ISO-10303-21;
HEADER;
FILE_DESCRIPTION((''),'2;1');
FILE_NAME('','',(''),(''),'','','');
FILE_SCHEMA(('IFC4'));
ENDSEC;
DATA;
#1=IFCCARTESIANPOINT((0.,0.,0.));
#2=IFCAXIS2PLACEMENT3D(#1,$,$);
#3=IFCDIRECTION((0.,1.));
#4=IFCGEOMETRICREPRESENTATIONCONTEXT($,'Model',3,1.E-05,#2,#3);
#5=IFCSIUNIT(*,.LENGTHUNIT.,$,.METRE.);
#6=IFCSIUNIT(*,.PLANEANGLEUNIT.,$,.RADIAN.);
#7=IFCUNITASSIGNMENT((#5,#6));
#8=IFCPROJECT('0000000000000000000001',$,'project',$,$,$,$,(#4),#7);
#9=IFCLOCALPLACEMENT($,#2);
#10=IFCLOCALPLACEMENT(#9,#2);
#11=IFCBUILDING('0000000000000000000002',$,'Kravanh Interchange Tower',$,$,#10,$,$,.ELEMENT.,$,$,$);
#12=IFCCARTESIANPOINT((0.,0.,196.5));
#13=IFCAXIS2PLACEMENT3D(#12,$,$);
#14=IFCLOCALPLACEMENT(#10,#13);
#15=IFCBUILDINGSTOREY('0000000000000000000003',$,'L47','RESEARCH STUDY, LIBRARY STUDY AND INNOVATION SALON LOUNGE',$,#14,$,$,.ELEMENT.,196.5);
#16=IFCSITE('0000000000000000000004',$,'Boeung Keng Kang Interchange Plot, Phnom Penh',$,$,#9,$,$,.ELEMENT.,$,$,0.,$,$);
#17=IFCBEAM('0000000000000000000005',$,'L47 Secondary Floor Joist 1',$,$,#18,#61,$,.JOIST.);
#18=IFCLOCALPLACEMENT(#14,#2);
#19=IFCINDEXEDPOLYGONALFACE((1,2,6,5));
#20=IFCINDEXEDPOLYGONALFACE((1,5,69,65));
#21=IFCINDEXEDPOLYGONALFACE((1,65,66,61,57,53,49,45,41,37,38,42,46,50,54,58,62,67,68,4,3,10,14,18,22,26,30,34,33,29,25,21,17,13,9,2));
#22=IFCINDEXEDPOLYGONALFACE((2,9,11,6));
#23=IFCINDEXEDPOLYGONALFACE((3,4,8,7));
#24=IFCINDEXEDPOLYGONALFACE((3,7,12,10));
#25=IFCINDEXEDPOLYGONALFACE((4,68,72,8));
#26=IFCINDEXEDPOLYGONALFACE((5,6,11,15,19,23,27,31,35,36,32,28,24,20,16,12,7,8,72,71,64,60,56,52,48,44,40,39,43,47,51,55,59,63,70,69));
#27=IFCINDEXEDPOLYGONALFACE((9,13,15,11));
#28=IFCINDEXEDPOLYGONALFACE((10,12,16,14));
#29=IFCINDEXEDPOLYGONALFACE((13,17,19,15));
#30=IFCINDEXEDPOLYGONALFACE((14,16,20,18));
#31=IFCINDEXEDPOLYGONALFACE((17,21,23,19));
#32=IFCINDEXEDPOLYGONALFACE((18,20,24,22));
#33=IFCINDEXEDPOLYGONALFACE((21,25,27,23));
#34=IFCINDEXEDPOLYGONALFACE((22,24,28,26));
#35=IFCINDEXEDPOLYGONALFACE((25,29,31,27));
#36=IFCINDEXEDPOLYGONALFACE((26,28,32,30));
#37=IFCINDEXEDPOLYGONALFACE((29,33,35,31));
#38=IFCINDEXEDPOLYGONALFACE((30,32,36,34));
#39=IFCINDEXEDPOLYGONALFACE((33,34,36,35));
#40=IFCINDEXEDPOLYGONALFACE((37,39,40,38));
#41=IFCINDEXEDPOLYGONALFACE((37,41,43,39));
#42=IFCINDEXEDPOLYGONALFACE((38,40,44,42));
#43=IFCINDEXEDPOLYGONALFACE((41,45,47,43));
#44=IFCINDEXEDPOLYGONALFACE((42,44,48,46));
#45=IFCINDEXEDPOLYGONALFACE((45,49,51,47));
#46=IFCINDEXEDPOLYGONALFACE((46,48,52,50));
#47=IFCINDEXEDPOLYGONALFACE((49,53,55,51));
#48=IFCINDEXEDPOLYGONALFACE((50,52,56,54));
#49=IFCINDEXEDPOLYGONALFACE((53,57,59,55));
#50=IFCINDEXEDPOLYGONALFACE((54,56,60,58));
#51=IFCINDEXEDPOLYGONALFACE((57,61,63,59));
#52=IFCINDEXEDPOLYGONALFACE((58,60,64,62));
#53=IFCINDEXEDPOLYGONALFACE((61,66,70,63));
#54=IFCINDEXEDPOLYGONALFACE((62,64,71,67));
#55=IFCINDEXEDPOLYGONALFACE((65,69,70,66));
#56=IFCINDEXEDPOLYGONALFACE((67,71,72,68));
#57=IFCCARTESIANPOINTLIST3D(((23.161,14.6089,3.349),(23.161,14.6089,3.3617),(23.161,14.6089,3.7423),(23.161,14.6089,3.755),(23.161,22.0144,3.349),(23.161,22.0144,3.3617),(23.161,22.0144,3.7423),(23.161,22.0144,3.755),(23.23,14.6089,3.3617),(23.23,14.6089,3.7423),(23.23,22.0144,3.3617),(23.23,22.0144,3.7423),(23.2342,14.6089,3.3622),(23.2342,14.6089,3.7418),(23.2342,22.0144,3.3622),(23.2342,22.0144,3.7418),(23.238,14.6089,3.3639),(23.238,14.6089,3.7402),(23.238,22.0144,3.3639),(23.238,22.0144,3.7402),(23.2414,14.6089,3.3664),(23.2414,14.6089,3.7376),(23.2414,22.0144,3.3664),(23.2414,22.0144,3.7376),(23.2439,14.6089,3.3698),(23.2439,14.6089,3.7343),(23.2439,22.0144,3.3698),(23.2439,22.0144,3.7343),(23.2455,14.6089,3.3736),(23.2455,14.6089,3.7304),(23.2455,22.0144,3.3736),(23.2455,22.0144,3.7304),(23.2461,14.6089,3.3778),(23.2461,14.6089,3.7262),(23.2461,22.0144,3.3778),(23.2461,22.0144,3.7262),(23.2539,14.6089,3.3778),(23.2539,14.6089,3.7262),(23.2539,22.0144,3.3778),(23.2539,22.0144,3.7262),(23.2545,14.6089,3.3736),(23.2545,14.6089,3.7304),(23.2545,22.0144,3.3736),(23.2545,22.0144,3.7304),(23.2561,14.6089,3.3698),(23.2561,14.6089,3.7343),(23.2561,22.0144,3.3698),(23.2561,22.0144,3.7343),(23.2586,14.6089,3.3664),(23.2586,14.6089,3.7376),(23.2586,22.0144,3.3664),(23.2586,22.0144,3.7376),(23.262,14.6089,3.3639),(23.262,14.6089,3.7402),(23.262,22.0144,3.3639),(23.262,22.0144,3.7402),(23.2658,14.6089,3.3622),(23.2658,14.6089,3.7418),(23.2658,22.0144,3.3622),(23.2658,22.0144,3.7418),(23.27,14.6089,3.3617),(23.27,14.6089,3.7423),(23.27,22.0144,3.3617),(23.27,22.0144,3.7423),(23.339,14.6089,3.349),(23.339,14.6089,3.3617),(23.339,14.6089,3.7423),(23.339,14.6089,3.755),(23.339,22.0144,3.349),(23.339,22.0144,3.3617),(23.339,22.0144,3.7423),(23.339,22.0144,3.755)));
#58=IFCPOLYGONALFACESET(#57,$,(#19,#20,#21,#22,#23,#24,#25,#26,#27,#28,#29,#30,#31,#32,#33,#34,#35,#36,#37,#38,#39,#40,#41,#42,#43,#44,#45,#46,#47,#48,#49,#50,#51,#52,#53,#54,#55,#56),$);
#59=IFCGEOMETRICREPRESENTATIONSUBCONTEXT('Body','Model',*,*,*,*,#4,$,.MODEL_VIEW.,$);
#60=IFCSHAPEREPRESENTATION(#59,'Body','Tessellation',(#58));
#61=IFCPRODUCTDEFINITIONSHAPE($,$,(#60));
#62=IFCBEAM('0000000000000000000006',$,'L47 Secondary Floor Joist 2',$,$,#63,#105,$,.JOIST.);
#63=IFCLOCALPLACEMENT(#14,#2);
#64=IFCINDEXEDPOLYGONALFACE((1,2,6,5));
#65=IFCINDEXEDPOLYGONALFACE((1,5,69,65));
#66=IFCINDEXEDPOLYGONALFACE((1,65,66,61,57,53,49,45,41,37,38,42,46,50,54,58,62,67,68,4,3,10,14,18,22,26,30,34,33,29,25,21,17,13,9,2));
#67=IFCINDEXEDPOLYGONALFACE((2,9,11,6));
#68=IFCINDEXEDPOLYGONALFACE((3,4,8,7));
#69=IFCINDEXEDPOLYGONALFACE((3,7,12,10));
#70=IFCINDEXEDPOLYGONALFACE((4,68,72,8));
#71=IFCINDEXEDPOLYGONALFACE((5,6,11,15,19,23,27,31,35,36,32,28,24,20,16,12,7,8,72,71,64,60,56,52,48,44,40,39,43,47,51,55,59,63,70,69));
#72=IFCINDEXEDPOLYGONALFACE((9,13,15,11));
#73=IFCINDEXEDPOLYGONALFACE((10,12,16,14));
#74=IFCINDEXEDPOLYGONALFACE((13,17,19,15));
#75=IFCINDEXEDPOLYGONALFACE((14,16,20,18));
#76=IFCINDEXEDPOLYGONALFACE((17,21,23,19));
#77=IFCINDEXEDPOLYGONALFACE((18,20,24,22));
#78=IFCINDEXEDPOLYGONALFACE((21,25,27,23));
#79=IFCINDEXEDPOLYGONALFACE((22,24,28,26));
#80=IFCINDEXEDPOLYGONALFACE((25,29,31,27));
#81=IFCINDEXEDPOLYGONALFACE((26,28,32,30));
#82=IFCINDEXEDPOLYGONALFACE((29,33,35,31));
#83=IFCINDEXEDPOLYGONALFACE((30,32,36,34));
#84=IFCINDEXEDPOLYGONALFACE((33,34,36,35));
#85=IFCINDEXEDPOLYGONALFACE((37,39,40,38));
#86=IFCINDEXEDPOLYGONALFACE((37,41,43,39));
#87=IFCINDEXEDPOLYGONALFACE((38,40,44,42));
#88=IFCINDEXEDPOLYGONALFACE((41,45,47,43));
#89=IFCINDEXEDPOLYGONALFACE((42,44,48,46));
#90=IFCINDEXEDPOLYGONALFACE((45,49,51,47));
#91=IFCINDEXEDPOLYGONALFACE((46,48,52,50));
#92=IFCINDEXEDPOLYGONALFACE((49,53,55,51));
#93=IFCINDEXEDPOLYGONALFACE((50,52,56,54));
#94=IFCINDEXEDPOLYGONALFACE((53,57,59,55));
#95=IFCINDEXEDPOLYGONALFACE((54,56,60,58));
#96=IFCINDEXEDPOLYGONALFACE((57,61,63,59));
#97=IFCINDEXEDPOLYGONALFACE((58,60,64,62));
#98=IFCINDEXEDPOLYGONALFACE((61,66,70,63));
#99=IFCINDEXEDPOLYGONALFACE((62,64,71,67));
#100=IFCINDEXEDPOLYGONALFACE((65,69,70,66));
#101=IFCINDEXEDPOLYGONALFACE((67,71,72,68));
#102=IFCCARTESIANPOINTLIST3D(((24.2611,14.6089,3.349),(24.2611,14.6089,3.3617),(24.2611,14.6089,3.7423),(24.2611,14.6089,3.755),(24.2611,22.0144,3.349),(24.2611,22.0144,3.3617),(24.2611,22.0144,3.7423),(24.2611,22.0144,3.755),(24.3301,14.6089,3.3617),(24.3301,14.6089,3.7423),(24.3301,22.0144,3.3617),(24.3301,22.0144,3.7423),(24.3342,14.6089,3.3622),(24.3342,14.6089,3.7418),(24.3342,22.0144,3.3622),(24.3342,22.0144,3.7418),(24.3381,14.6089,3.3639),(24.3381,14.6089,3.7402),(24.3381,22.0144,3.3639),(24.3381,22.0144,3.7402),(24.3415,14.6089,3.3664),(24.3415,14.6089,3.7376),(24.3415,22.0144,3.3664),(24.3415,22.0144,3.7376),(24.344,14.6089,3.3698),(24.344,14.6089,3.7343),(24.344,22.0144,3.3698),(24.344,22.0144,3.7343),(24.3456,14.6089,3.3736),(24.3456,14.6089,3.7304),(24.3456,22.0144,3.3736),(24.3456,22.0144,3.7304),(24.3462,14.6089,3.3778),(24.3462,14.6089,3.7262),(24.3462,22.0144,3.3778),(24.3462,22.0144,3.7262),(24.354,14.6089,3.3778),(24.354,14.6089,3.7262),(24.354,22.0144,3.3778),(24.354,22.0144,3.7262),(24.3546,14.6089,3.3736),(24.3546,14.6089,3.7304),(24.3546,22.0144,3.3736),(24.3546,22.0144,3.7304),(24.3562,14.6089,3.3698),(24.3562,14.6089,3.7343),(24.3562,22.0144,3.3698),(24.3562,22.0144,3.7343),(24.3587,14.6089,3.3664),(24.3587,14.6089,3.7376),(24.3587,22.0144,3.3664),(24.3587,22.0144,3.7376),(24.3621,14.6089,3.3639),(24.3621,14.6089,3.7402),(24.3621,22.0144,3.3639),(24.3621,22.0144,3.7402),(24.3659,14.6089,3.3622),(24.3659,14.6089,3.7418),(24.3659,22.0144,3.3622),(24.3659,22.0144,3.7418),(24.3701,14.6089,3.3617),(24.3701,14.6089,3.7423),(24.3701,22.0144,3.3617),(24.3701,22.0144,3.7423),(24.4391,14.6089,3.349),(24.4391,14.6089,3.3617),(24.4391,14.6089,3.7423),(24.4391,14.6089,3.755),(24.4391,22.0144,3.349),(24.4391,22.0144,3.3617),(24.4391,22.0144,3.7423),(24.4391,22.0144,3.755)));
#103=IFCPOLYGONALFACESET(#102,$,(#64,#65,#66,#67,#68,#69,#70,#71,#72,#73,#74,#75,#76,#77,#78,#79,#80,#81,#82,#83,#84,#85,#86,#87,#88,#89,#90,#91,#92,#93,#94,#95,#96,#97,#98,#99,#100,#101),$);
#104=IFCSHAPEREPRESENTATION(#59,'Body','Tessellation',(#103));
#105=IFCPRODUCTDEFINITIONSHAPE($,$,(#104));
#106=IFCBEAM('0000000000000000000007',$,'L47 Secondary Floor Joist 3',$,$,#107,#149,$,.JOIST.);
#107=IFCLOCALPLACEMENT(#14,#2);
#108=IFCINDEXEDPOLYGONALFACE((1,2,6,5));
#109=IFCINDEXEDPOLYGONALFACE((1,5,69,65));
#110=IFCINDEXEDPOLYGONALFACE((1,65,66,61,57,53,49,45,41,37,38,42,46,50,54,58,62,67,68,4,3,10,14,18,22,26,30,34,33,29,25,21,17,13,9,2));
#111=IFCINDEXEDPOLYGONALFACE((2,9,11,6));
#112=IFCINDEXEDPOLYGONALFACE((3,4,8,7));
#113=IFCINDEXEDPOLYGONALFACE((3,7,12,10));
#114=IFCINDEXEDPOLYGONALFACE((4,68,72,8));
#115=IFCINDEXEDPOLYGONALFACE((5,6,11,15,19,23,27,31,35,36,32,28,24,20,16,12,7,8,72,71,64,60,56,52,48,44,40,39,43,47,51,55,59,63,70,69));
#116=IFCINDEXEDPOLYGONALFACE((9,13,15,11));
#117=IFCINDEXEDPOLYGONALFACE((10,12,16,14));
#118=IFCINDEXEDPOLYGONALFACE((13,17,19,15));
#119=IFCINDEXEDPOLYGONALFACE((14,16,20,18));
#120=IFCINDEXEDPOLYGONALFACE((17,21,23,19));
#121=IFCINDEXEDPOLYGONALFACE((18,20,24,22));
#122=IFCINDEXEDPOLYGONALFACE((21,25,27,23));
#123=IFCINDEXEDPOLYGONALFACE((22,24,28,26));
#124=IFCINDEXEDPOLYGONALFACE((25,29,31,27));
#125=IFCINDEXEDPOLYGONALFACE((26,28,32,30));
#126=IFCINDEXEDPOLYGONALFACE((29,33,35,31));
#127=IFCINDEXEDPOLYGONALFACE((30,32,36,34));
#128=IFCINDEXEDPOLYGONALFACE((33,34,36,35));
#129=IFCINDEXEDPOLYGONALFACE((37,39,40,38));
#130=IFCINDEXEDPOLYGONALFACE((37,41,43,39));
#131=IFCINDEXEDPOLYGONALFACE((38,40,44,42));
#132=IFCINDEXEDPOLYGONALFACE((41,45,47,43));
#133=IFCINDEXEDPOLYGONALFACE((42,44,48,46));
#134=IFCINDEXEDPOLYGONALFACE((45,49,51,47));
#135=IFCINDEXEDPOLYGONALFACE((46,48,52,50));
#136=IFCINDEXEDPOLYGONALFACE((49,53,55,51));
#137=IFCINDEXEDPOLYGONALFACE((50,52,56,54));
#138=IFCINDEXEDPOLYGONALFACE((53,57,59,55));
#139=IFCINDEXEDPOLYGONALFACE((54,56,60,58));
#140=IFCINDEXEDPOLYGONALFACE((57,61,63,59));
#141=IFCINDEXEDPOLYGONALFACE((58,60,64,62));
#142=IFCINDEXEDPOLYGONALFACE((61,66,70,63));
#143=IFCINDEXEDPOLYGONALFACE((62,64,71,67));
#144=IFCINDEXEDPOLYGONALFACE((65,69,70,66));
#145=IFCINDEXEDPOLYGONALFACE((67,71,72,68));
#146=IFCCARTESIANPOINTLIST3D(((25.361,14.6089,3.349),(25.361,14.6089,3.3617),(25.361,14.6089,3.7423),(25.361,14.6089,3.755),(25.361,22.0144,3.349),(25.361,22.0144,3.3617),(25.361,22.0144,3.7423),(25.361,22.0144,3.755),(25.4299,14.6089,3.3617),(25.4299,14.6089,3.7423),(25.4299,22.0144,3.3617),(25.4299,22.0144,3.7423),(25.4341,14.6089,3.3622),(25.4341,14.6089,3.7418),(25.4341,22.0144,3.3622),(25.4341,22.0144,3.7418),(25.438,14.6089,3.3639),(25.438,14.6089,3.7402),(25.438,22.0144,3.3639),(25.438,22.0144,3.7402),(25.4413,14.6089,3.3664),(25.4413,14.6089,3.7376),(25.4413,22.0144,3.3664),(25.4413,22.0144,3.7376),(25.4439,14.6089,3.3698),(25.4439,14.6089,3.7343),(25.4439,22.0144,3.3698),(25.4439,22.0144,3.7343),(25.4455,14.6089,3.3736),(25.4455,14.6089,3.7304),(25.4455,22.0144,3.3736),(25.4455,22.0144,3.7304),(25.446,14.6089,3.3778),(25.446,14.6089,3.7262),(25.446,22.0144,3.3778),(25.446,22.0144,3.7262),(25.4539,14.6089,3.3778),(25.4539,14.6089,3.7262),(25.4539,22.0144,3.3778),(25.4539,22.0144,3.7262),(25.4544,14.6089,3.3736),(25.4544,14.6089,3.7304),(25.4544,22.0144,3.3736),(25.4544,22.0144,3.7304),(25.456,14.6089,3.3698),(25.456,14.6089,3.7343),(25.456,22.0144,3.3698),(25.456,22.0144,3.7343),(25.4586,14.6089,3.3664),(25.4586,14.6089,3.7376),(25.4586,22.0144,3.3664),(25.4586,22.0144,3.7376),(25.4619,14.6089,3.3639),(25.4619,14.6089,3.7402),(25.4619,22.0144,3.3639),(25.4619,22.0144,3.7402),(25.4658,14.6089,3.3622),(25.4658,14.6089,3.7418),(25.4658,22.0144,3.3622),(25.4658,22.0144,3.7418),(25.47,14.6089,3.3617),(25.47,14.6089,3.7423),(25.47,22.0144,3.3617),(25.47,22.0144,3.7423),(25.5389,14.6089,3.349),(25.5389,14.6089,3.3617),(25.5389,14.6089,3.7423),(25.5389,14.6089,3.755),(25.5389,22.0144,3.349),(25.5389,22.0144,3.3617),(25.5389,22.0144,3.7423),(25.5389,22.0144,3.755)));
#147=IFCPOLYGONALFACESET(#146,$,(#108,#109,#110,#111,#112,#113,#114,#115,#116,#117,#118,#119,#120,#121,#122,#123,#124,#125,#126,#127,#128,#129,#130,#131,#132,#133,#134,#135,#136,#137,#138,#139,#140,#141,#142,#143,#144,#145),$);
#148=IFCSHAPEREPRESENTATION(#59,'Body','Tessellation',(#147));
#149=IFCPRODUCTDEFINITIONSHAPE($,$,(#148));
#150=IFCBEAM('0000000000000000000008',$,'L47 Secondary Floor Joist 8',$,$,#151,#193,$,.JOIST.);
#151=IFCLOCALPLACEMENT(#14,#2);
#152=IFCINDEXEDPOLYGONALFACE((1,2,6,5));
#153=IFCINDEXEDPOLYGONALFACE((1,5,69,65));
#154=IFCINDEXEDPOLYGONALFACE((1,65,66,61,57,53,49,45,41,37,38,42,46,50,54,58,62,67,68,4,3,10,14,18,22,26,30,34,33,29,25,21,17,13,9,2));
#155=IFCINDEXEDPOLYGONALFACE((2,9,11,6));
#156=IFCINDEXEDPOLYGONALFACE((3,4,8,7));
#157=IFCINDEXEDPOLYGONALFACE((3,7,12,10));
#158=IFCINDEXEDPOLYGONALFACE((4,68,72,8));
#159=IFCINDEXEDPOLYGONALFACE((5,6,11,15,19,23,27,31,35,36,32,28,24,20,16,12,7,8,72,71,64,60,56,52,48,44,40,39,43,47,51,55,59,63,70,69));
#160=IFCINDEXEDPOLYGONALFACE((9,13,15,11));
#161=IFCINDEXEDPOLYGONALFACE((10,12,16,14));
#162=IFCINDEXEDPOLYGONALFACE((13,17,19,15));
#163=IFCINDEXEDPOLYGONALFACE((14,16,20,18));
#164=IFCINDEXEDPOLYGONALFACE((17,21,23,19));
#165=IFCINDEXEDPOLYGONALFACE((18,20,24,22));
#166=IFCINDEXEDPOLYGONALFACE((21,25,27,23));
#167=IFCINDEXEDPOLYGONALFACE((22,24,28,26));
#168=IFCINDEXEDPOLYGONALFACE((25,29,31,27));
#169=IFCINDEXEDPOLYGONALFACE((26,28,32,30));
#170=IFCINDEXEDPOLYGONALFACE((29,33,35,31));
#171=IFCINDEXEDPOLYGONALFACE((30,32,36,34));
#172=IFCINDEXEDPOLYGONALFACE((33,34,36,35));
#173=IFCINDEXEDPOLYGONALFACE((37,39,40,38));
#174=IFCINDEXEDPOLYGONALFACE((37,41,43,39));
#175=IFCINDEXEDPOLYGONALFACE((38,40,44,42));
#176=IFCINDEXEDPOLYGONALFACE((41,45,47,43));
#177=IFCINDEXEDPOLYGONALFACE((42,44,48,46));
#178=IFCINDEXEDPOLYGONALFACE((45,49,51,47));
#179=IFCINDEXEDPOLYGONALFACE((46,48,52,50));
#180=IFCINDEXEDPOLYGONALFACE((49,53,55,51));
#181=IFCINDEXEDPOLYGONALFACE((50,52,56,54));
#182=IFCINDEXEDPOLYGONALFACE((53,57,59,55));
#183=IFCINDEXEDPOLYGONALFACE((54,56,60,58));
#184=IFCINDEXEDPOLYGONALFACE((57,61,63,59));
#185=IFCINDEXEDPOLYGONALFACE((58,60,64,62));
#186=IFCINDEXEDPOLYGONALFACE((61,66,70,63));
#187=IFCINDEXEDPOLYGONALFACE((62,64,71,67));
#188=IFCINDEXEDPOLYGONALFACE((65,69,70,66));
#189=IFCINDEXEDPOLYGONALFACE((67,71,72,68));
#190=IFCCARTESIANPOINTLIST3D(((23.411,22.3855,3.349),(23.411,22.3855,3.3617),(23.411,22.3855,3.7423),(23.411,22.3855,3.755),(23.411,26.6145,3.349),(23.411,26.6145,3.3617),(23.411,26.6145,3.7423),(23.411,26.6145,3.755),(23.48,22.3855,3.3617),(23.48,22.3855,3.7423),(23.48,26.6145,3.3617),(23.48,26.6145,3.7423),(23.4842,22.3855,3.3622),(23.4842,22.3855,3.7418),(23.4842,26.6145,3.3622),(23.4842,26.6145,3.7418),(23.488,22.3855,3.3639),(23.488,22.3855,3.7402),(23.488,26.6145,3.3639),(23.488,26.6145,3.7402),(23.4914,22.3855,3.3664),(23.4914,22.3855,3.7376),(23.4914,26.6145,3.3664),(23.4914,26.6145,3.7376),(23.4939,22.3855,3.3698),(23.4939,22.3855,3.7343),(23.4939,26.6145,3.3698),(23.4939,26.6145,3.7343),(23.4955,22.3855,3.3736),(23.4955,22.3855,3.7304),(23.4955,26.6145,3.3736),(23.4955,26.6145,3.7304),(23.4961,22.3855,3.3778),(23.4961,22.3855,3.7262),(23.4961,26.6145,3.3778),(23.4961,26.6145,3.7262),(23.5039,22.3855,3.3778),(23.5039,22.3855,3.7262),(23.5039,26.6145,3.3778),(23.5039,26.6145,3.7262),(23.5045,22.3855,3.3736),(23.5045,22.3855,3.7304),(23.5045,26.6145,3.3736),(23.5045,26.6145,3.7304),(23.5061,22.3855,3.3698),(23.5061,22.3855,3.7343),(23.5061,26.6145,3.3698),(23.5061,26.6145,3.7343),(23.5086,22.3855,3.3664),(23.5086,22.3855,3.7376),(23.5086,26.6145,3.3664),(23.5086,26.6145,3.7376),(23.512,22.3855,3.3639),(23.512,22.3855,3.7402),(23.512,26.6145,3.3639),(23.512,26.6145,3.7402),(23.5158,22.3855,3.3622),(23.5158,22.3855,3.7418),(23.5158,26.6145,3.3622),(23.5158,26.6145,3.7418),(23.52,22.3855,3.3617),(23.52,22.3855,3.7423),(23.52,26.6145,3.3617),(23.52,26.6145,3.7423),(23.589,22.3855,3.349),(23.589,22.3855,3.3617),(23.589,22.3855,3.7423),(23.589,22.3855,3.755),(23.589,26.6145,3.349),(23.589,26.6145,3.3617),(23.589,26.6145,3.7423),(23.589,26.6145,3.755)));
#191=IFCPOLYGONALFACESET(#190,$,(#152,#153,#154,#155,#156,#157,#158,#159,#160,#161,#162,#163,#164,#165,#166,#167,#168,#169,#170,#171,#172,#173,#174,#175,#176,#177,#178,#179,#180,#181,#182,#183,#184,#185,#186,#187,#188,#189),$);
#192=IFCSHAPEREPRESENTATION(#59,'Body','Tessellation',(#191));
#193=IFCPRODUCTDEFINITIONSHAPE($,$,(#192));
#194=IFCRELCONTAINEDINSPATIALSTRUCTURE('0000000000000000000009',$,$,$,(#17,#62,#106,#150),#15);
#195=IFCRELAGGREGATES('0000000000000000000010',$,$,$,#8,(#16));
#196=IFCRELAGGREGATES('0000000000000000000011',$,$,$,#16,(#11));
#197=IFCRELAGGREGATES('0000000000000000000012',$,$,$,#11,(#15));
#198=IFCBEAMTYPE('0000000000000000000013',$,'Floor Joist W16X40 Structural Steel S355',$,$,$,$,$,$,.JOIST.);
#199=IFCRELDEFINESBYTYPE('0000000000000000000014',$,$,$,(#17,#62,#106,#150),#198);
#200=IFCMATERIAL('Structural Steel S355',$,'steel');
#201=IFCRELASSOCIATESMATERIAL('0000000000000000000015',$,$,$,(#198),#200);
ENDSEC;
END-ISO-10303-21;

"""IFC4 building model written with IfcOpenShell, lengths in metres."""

from ifc_helpers import new_model, si_unit, direction, frame, origin, origin_2d, place, context, subcontext, project, spatial, i_section, extrude, material, material_profile, profile_set, type_object, element, save


model = new_model("IFC4")

# Units and contexts
model_context = context("Model", 3, precision=1e-05, world=origin(), true_north=direction((0.0, 1.0)))
body_context = subcontext(model_context, "Body", "Model", "MODEL_VIEW")
ifc_project = project(units=[si_unit("LENGTHUNIT", "METRE"), si_unit("PLANEANGLEUNIT", "RADIAN")], contexts=[model_context])

# Site, building, storey
site_placement = place(None, origin())
site = spatial("IfcSite", under=ifc_project, at=site_placement, Name="Boeung Keng Kang Interchange Plot, Phnom Penh", CompositionType="ELEMENT", RefElevation=0.0)
building_placement = place(site_placement, origin())
building = spatial("IfcBuilding", under=site, at=building_placement, Name="Kravanh Interchange Tower", CompositionType="ELEMENT")
storey_placement = place(building_placement, frame((0.0, 0.0, 196.5)))
storey = spatial("IfcBuildingStorey", under=building, at=storey_placement, Name="L47", Description="RESEARCH STUDY, LIBRARY STUDY AND INNOVATION SALON LOUNGE", CompositionType="ELEMENT", Elevation=196.5)

# Beams
ifc_material_1 = material(Name="Structural Steel S355", Category="steel")
ifc_material_profile_1 = material_profile(ifc_material_1, i_section(OverallWidth=0.178, OverallDepth=0.406, WebThickness=0.0078, FlangeThickness=0.0127, FilletRadius=0.0161, at=origin_2d()), Name="W16X40")
ifc_profile_set_1 = profile_set([ifc_material_profile_1], Name="Structural Steel S355")
beam_type_1 = type_object("IfcBeamType", Name="Floor Joist W16X40 Structural Steel S355", PredefinedType="JOIST", material=ifc_profile_set_1)
for number, where, z_axis, x_axis, name in (
    (1, (23.25, 14.6089, 3.552), (0.0, 1.0, 0.0), (-1.0, 0.0, 0.0), "L47 Secondary Floor Joist 1"),
    (2, (24.3501, 14.6089, 3.552), (0.0, 1.0, 0.0), (-1.0, 0.0, 0.0), "L47 Secondary Floor Joist 2"),
    (3, (25.45, 14.6089, 3.552), (0.0, 1.0, 0.0), (-1.0, 0.0, 0.0), "L47 Secondary Floor Joist 3"),
):
    element("IfcBeam", number, at=place(storey_placement, frame(where, z_axis=z_axis, x_axis=x_axis)), inside=storey, type_object=beam_type_1, Name=name, PredefinedType="JOIST", context=body_context, shape_type="SweptSolid", body=[
        extrude(i_section(OverallWidth=0.178, OverallDepth=0.406, WebThickness=0.0078, FlangeThickness=0.0127, FilletRadius=0.0161, at=origin_2d()), origin(), (0.0, 0.0, 1.0), 7.4055),
    ])
for number, where, z_axis, x_axis, name in (
    (4, (23.5, 22.3855, 3.552), (0.0, 1.0, 0.0), (-1.0, 0.0, 0.0), "L47 Secondary Floor Joist 8"),
):
    element("IfcBeam", number, at=place(storey_placement, frame(where, z_axis=z_axis, x_axis=x_axis)), inside=storey, type_object=beam_type_1, Name=name, PredefinedType="JOIST", context=body_context, shape_type="SweptSolid", body=[
        extrude(i_section(OverallWidth=0.178, OverallDepth=0.406, WebThickness=0.0078, FlangeThickness=0.0127, FilletRadius=0.0161, at=origin_2d()), origin(), (0.0, 0.0, 1.0), 4.229),
    ])

save(model, "model.ifc")
